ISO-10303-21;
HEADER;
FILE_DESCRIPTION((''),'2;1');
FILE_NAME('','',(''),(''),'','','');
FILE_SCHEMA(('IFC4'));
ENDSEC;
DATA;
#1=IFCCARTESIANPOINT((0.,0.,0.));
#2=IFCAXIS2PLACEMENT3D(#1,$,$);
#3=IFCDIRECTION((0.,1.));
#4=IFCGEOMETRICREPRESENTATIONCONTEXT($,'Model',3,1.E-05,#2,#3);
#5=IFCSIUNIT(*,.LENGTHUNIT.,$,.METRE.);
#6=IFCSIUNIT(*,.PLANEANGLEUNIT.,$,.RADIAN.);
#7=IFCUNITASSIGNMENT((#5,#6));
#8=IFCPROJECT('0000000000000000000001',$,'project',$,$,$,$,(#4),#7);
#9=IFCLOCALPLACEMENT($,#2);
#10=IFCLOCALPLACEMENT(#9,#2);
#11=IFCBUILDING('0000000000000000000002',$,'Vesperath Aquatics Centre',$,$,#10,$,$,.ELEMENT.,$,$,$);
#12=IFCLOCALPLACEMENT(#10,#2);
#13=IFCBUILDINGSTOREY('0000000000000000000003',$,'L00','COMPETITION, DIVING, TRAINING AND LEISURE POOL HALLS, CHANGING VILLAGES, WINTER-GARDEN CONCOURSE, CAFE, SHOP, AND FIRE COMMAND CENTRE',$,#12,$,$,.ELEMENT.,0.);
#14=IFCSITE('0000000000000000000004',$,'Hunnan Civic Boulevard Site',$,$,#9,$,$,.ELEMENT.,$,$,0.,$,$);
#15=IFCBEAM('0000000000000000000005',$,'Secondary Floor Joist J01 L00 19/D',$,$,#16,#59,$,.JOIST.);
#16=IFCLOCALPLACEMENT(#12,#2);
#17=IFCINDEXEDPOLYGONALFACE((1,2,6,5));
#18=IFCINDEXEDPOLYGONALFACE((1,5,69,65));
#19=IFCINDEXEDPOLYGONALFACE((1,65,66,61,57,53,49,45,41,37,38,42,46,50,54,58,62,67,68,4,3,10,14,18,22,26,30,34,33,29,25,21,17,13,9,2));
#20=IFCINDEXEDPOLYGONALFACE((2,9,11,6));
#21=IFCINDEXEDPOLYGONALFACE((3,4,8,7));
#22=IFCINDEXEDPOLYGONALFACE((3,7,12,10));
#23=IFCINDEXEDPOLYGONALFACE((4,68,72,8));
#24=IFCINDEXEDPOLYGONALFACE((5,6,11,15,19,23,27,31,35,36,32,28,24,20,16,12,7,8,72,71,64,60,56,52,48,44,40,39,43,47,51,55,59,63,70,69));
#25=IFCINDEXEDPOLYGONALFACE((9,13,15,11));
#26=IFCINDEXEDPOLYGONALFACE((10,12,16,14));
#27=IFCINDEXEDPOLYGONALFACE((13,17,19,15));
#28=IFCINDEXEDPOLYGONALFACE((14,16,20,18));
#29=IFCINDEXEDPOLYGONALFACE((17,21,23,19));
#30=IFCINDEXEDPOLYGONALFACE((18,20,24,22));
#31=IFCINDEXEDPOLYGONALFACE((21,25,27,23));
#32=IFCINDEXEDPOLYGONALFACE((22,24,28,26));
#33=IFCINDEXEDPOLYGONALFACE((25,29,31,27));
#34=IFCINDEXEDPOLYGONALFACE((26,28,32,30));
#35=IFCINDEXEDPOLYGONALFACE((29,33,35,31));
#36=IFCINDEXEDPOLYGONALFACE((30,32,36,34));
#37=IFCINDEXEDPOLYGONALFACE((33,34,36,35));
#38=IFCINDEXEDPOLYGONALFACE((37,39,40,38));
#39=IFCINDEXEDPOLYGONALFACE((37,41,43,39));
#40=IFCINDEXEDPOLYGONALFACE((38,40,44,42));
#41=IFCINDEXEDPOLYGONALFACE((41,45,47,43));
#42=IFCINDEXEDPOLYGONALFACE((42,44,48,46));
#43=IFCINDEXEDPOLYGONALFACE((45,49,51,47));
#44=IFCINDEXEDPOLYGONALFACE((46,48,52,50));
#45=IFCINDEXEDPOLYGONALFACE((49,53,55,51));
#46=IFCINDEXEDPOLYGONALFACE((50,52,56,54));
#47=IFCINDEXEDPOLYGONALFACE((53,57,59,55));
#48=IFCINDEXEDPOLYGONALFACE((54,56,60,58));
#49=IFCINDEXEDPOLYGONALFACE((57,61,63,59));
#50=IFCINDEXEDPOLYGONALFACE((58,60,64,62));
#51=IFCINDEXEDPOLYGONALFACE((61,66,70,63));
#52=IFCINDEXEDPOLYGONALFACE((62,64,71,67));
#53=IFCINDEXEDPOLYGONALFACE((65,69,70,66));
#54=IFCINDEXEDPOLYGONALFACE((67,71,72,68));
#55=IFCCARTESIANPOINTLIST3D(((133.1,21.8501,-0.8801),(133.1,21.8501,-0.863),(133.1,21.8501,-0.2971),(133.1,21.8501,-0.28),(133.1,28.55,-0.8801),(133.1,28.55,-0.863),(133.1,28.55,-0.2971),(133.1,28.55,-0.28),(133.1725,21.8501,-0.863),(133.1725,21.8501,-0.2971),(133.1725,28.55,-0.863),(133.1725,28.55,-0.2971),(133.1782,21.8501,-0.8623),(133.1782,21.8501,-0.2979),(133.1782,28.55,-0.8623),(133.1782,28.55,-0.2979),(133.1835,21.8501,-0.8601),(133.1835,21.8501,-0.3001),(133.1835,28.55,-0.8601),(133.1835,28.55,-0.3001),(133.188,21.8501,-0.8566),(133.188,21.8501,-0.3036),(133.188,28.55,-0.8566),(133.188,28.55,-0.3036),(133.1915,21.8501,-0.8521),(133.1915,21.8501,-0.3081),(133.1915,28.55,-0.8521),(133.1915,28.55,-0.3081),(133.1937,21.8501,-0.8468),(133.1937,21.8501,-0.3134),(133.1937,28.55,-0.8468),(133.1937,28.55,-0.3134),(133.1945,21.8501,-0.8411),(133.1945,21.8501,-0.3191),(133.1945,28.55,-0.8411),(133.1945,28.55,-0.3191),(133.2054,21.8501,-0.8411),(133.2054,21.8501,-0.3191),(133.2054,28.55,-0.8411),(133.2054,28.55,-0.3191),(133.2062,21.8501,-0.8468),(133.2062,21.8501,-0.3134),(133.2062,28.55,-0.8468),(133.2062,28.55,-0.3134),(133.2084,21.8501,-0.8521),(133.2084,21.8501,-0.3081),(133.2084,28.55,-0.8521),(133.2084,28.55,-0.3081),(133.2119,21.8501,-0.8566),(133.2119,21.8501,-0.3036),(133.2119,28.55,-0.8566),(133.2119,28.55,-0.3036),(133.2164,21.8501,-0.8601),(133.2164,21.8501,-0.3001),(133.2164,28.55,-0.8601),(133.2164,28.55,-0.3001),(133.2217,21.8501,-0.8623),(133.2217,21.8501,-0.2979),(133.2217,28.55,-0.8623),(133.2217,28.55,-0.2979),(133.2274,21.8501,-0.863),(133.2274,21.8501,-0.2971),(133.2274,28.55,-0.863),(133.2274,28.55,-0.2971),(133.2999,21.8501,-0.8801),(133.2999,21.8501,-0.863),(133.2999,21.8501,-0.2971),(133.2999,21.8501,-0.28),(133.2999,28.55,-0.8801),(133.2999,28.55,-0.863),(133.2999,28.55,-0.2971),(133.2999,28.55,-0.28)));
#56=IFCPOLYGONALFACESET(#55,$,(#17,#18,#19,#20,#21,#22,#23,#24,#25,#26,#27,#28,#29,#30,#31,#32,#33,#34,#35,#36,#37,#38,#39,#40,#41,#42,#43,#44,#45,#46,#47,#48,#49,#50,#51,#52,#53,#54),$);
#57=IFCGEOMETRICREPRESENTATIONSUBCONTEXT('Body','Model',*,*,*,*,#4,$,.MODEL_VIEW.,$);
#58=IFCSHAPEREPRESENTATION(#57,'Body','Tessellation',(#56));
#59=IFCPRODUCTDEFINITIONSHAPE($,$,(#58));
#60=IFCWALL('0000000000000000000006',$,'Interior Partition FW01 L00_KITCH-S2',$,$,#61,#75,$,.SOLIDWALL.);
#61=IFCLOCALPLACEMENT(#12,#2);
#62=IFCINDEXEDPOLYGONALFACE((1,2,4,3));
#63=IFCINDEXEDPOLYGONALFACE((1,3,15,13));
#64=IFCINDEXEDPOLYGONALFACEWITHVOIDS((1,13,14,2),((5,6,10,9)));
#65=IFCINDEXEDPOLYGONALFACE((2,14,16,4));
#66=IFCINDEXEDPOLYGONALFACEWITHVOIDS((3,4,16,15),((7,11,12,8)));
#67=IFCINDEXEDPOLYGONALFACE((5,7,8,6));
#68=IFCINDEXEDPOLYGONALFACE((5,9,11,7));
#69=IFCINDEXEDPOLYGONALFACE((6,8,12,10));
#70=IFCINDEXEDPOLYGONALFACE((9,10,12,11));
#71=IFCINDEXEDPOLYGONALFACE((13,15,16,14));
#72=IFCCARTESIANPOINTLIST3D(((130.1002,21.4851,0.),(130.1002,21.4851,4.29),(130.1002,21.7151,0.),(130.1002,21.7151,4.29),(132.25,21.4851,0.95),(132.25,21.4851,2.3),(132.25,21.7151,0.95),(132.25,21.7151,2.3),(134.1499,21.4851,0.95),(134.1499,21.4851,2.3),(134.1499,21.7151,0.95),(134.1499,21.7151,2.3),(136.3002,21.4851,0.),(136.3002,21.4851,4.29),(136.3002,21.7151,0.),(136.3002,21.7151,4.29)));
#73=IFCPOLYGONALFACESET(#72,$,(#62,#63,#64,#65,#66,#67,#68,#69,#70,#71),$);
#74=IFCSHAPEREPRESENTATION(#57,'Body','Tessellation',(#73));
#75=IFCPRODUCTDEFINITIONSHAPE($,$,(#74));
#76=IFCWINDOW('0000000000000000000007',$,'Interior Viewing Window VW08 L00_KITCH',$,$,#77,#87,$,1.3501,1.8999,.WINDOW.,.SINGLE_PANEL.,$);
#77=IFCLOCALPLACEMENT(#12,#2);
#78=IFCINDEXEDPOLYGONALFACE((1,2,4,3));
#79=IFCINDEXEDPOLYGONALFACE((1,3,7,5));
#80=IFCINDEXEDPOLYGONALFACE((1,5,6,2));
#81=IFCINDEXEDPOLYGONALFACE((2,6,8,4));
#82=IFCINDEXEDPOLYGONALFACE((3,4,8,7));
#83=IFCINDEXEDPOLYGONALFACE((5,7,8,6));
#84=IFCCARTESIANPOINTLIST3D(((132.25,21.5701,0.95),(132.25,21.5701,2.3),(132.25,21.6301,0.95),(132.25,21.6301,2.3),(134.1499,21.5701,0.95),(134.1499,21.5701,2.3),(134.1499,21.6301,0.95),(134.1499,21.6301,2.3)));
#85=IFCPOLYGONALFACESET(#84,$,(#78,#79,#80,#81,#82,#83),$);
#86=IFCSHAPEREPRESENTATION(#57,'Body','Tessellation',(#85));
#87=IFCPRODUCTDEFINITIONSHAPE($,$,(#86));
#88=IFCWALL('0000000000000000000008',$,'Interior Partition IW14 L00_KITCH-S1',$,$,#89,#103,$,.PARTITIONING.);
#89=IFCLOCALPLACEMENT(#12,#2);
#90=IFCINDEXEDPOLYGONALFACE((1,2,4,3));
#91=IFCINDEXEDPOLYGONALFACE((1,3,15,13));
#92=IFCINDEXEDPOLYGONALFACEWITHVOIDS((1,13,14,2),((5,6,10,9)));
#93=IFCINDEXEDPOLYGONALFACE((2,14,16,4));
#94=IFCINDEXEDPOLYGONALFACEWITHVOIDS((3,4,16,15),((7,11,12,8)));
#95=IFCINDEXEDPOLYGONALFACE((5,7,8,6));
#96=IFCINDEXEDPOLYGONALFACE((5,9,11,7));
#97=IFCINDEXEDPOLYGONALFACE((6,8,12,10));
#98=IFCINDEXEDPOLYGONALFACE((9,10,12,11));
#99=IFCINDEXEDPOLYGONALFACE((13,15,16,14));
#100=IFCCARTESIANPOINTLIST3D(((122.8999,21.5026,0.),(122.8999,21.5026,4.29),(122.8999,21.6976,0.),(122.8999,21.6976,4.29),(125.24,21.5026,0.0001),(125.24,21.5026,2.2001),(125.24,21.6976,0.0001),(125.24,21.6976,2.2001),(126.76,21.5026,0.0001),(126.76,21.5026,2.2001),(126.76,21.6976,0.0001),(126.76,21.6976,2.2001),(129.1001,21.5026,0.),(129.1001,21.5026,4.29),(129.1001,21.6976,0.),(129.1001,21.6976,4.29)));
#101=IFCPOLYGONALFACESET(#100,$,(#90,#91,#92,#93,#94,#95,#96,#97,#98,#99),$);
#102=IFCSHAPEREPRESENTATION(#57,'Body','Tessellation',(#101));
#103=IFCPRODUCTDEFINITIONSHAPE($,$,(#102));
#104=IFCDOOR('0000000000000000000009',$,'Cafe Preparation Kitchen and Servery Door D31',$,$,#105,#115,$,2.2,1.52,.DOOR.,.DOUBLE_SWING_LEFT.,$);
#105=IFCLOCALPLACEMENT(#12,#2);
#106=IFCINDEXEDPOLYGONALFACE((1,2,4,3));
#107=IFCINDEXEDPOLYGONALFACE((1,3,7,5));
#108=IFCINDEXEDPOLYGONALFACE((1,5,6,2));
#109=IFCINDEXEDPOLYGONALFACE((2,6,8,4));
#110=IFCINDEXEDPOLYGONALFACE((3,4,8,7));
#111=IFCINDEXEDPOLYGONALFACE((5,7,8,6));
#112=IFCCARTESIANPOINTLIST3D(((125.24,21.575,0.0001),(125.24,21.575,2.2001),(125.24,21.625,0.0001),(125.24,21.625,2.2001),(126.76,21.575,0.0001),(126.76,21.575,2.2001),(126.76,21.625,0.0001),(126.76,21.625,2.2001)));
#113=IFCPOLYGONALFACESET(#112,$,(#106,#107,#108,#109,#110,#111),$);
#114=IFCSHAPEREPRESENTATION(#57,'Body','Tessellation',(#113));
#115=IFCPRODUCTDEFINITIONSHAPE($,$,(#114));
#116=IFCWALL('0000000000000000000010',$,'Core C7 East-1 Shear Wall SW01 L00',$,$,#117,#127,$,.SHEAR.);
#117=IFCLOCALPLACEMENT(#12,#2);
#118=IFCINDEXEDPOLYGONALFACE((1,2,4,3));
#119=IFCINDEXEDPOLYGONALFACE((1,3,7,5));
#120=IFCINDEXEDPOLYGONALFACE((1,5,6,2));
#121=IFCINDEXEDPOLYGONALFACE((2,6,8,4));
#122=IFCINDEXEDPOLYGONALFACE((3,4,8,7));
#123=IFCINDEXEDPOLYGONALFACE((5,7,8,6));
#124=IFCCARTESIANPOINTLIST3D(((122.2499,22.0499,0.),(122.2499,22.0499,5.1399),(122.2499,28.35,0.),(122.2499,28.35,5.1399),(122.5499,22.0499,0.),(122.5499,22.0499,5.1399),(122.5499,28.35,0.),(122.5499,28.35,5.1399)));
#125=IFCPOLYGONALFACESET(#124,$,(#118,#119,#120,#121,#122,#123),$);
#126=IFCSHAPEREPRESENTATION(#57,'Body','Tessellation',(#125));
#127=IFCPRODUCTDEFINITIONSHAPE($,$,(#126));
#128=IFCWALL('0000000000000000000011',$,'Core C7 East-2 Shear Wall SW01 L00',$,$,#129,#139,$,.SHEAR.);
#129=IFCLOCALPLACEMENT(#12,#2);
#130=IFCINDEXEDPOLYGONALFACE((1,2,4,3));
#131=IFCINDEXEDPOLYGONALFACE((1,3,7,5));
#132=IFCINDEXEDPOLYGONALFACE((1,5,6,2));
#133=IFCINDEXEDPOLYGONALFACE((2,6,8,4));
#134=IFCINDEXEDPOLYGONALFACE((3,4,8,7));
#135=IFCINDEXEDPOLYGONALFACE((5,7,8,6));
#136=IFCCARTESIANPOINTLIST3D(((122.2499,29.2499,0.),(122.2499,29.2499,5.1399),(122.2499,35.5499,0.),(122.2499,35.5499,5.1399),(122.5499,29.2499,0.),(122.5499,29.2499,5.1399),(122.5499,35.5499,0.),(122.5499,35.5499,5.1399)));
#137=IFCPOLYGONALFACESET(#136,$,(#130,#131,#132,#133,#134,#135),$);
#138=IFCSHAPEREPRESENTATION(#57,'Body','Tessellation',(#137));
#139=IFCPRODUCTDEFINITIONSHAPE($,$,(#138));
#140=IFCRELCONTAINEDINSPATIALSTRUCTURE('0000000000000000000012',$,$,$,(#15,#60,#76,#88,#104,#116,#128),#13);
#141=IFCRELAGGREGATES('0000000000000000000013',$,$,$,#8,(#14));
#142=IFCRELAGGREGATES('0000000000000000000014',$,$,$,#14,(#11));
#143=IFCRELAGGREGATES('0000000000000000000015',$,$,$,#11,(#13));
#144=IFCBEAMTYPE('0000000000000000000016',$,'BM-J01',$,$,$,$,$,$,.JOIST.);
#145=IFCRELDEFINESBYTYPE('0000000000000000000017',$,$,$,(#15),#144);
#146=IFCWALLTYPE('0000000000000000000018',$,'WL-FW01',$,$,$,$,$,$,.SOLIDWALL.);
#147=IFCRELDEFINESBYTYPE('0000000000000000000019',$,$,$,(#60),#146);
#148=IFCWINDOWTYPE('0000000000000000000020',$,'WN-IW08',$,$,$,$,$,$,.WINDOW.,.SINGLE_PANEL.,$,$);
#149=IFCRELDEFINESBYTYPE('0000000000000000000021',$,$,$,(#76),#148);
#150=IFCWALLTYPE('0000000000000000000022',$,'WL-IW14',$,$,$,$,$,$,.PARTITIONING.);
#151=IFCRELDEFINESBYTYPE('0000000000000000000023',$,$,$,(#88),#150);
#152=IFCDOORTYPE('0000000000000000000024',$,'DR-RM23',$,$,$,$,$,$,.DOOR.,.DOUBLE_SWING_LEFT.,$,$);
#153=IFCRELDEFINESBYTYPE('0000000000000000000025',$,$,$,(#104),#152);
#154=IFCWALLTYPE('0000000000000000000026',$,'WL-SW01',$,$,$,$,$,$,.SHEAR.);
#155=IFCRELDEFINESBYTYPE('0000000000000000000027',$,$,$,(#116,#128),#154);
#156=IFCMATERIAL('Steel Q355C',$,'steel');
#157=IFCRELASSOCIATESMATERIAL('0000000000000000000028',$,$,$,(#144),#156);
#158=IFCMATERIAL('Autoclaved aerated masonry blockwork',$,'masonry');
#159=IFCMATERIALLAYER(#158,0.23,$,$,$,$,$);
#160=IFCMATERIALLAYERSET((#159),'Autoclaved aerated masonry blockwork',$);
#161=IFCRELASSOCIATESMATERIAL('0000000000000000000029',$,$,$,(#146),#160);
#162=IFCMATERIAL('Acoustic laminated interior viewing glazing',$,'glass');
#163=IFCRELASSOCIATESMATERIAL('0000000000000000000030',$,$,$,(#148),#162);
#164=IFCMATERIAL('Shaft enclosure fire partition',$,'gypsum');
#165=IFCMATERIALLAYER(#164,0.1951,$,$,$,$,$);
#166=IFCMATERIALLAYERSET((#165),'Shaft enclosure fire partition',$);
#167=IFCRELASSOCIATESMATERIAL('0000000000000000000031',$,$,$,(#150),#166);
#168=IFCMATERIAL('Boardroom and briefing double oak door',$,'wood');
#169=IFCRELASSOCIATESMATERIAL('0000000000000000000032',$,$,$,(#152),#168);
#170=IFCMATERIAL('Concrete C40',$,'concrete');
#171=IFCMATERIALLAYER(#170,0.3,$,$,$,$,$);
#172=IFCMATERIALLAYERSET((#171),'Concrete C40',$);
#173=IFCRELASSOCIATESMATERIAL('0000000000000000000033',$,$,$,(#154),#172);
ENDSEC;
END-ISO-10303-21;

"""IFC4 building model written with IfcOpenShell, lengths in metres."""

from ifc_helpers import new_model, si_unit, direction, frame, frame_2d, origin, origin_2d, place, context, subcontext, project, spatial, rectangle, i_section, extrude, material, layer, layer_set, material_profile, profile_set, type_object, element, fill, save


model = new_model("IFC4")

# Units and contexts
model_context = context("Model", 3, precision=1e-05, world=origin(), true_north=direction((0.0, 1.0)))
body_context = subcontext(model_context, "Body", "Model", "MODEL_VIEW")
ifc_project = project(units=[si_unit("LENGTHUNIT", "METRE"), si_unit("PLANEANGLEUNIT", "RADIAN")], contexts=[model_context])

# Site, building, storey
site_placement = place(None, origin())
site = spatial("IfcSite", under=ifc_project, at=site_placement, Name="Hunnan Civic Boulevard Site", CompositionType="ELEMENT", RefElevation=0.0)
building_placement = place(site_placement, origin())
building = spatial("IfcBuilding", under=site, at=building_placement, Name="Vesperath Aquatics Centre", CompositionType="ELEMENT")
storey_placement = place(building_placement, origin())
storey = spatial("IfcBuildingStorey", under=building, at=storey_placement, Name="L00", Description="COMPETITION, DIVING, TRAINING AND LEISURE POOL HALLS, CHANGING VILLAGES, WINTER-GARDEN CONCOURSE, CAFE, SHOP, AND FIRE COMMAND CENTRE", CompositionType="ELEMENT", Elevation=0.0)

# Shared definitions
ifc_material_1 = material(Name="Concrete C40", Category="concrete")

# Beam
ifc_material_2 = material(Name="Steel Q355C", Category="steel")
ifc_material_profile_1 = material_profile(ifc_material_2, i_section(OverallWidth=0.2, OverallDepth=0.6001, WebThickness=0.011, FlangeThickness=0.0171, FilletRadius=0.022, at=origin_2d()), Name="HN 600x200x11x17")
ifc_profile_set_1 = profile_set([ifc_material_profile_1], Name="Steel Q355C")
beam_type_1 = type_object("IfcBeamType", Name="BM-J01", PredefinedType="JOIST", material=ifc_profile_set_1)
for number, where, z_axis, x_axis, name in (
    (1, (133.2, 21.8501, -0.5801), (0.0, 1.0, 0.0), (-1.0, 0.0, 0.0), "Secondary Floor Joist J01 L00 19/D"),
):
    element("IfcBeam", number, at=place(storey_placement, frame(where, z_axis=z_axis, x_axis=x_axis)), inside=storey, type_object=beam_type_1, Name=name, PredefinedType="JOIST", context=body_context, shape_type="SweptSolid", body=[
        extrude(i_section(OverallWidth=0.2, OverallDepth=0.6001, WebThickness=0.011, FlangeThickness=0.0171, FilletRadius=0.022, at=origin_2d()), origin(), (0.0, 0.0, 1.0), 6.7),
    ])

# Wall, opening, window
ifc_material_3 = material(Name="Autoclaved aerated masonry blockwork", Category="masonry")
ifc_layer_1 = layer(ifc_material_3, 0.23)
ifc_layer_set_1 = layer_set([ifc_layer_1], Name="Autoclaved aerated masonry blockwork")
wall_type_1 = type_object("IfcWallType", Name="WL-FW01", PredefinedType="SOLIDWALL", material=ifc_layer_set_1)
wall_1_placement = place(storey_placement, frame((130.1001, 21.6001, 0.0), z_axis=(0.0, 0.0, 1.0), x_axis=(1.0, 0.0, 0.0)))
wall_1 = element("IfcWall", 2, at=wall_1_placement, inside=storey, type_object=wall_type_1, Name="Interior Partition FW01 L00_KITCH-S2", PredefinedType="SOLIDWALL", context=body_context, shape_type="SweptSolid", body=[
    extrude(rectangle(XDim=6.2, YDim=0.23, at=frame_2d((3.1001, 0.0))), origin(), (0.0, 0.0, 1.0), 4.29),
])
opening_1_placement = place(wall_1_placement, frame((2.1499, 0.0, 0.95)))
opening_1 = element("IfcOpeningElement", 3, at=opening_1_placement, cuts=wall_1, PredefinedType="OPENING", context=body_context, shape_type="SweptSolid", body=[
    extrude(rectangle(XDim=1.8999, YDim=1.3501, at=frame_2d((0.95, 0.675))), frame((0.0, 0.1299, 0.0), z_axis=(0.0, -1.0, 0.0), x_axis=(1.0, 0.0, 0.0)), (0.0, 0.0, 1.0), 0.2598),
])
ifc_material_4 = material(Name="Acoustic laminated interior viewing glazing", Category="glass")
window_type = type_object("IfcWindowType", Name="WN-IW08", PartitioningType="SINGLE_PANEL", PredefinedType="WINDOW", material=ifc_material_4)
window_placement = place(opening_1_placement, origin())
window = element("IfcWindow", 4, at=window_placement, inside=storey, type_object=window_type, Name="Interior Viewing Window VW08 L00_KITCH", OverallHeight=1.3501, OverallWidth=1.8999, PartitioningType="SINGLE_PANEL", PredefinedType="WINDOW", context=body_context, shape_type="SweptSolid", body=[
    extrude(rectangle(XDim=1.8999, YDim=1.3501, at=frame_2d((0.95, 0.675))), frame((0.0, 0.03, 0.0), z_axis=(0.0, -1.0, 0.0), x_axis=(1.0, 0.0, 0.0)), (0.0, 0.0, 1.0), 0.0601),
])
fill(opening_1, window)

# Wall, opening, door
ifc_material_5 = material(Name="Shaft enclosure fire partition", Category="gypsum")
ifc_layer_2 = layer(ifc_material_5, 0.1951)
ifc_layer_set_2 = layer_set([ifc_layer_2], Name="Shaft enclosure fire partition")
wall_type_2 = type_object("IfcWallType", Name="WL-IW14", PredefinedType="PARTITIONING", material=ifc_layer_set_2)
wall_2_placement = place(storey_placement, frame((122.8999, 21.6001, 0.0), z_axis=(0.0, 0.0, 1.0), x_axis=(1.0, 0.0, 0.0)))
wall_2 = element("IfcWall", 5, at=wall_2_placement, inside=storey, type_object=wall_type_2, Name="Interior Partition IW14 L00_KITCH-S1", PredefinedType="PARTITIONING", context=body_context, shape_type="SweptSolid", body=[
    extrude(rectangle(XDim=6.2002, YDim=0.1951, at=frame_2d((3.1001, 0.0))), origin(), (0.0, 0.0, 1.0), 4.29),
])
opening_2_placement = place(wall_2_placement, frame((2.3401, 0.0, 0.0)))
opening_2 = element("IfcOpeningElement", 6, at=opening_2_placement, cuts=wall_2, PredefinedType="OPENING", context=body_context, shape_type="SweptSolid", body=[
    extrude(rectangle(XDim=1.52, YDim=2.2, at=frame_2d((0.76, 1.1001))), frame((0.0, 0.1123, 0.0), z_axis=(0.0, -1.0, 0.0), x_axis=(1.0, 0.0, 0.0)), (0.0, 0.0, 1.0), 0.2249),
])
ifc_material_6 = material(Name="Boardroom and briefing double oak door", Category="wood")
door_type = type_object("IfcDoorType", Name="DR-RM23", OperationType="DOUBLE_SWING_LEFT", PredefinedType="DOOR", material=ifc_material_6)
door_placement = place(opening_2_placement, origin())
door = element("IfcDoor", 7, at=door_placement, inside=storey, type_object=door_type, Name="Cafe Preparation Kitchen and Servery Door D31", OperationType="DOUBLE_SWING_LEFT", OverallHeight=2.2, OverallWidth=1.52, PredefinedType="DOOR", context=body_context, shape_type="SweptSolid", body=[
    extrude(rectangle(XDim=1.52, YDim=2.2, at=frame_2d((0.76, 1.1001))), frame((0.0, 0.0249, 0.0), z_axis=(0.0, -1.0, 0.0), x_axis=(1.0, 0.0, 0.0)), (0.0, 0.0, 1.0), 0.05),
])
fill(opening_2, door)

# Walls
ifc_layer_3 = layer(ifc_material_1, 0.3)
ifc_layer_set_3 = layer_set([ifc_layer_3], Name="Concrete C40")
wall_type_3 = type_object("IfcWallType", Name="WL-SW01", PredefinedType="SHEAR", material=ifc_layer_set_3)
for number, where, z_axis, x_axis, name in (
    (8, (122.3999, 22.05, 0.0), (0.0, 0.0, 1.0), (0.0, 1.0, 0.0), "Core C7 East-1 Shear Wall SW01 L00"),
    (9, (122.3999, 29.25, 0.0), (0.0, 0.0, 1.0), (0.0, 1.0, 0.0), "Core C7 East-2 Shear Wall SW01 L00"),
):
    element("IfcWall", number, at=place(storey_placement, frame(where, z_axis=z_axis, x_axis=x_axis)), inside=storey, type_object=wall_type_3, Name=name, PredefinedType="SHEAR", context=body_context, shape_type="SweptSolid", body=[
        extrude(rectangle(XDim=6.3, YDim=0.3, at=frame_2d((3.1499, 0.0))), origin(), (0.0, 0.0, 1.0), 5.1399),
    ])

save(model, "model.ifc")
